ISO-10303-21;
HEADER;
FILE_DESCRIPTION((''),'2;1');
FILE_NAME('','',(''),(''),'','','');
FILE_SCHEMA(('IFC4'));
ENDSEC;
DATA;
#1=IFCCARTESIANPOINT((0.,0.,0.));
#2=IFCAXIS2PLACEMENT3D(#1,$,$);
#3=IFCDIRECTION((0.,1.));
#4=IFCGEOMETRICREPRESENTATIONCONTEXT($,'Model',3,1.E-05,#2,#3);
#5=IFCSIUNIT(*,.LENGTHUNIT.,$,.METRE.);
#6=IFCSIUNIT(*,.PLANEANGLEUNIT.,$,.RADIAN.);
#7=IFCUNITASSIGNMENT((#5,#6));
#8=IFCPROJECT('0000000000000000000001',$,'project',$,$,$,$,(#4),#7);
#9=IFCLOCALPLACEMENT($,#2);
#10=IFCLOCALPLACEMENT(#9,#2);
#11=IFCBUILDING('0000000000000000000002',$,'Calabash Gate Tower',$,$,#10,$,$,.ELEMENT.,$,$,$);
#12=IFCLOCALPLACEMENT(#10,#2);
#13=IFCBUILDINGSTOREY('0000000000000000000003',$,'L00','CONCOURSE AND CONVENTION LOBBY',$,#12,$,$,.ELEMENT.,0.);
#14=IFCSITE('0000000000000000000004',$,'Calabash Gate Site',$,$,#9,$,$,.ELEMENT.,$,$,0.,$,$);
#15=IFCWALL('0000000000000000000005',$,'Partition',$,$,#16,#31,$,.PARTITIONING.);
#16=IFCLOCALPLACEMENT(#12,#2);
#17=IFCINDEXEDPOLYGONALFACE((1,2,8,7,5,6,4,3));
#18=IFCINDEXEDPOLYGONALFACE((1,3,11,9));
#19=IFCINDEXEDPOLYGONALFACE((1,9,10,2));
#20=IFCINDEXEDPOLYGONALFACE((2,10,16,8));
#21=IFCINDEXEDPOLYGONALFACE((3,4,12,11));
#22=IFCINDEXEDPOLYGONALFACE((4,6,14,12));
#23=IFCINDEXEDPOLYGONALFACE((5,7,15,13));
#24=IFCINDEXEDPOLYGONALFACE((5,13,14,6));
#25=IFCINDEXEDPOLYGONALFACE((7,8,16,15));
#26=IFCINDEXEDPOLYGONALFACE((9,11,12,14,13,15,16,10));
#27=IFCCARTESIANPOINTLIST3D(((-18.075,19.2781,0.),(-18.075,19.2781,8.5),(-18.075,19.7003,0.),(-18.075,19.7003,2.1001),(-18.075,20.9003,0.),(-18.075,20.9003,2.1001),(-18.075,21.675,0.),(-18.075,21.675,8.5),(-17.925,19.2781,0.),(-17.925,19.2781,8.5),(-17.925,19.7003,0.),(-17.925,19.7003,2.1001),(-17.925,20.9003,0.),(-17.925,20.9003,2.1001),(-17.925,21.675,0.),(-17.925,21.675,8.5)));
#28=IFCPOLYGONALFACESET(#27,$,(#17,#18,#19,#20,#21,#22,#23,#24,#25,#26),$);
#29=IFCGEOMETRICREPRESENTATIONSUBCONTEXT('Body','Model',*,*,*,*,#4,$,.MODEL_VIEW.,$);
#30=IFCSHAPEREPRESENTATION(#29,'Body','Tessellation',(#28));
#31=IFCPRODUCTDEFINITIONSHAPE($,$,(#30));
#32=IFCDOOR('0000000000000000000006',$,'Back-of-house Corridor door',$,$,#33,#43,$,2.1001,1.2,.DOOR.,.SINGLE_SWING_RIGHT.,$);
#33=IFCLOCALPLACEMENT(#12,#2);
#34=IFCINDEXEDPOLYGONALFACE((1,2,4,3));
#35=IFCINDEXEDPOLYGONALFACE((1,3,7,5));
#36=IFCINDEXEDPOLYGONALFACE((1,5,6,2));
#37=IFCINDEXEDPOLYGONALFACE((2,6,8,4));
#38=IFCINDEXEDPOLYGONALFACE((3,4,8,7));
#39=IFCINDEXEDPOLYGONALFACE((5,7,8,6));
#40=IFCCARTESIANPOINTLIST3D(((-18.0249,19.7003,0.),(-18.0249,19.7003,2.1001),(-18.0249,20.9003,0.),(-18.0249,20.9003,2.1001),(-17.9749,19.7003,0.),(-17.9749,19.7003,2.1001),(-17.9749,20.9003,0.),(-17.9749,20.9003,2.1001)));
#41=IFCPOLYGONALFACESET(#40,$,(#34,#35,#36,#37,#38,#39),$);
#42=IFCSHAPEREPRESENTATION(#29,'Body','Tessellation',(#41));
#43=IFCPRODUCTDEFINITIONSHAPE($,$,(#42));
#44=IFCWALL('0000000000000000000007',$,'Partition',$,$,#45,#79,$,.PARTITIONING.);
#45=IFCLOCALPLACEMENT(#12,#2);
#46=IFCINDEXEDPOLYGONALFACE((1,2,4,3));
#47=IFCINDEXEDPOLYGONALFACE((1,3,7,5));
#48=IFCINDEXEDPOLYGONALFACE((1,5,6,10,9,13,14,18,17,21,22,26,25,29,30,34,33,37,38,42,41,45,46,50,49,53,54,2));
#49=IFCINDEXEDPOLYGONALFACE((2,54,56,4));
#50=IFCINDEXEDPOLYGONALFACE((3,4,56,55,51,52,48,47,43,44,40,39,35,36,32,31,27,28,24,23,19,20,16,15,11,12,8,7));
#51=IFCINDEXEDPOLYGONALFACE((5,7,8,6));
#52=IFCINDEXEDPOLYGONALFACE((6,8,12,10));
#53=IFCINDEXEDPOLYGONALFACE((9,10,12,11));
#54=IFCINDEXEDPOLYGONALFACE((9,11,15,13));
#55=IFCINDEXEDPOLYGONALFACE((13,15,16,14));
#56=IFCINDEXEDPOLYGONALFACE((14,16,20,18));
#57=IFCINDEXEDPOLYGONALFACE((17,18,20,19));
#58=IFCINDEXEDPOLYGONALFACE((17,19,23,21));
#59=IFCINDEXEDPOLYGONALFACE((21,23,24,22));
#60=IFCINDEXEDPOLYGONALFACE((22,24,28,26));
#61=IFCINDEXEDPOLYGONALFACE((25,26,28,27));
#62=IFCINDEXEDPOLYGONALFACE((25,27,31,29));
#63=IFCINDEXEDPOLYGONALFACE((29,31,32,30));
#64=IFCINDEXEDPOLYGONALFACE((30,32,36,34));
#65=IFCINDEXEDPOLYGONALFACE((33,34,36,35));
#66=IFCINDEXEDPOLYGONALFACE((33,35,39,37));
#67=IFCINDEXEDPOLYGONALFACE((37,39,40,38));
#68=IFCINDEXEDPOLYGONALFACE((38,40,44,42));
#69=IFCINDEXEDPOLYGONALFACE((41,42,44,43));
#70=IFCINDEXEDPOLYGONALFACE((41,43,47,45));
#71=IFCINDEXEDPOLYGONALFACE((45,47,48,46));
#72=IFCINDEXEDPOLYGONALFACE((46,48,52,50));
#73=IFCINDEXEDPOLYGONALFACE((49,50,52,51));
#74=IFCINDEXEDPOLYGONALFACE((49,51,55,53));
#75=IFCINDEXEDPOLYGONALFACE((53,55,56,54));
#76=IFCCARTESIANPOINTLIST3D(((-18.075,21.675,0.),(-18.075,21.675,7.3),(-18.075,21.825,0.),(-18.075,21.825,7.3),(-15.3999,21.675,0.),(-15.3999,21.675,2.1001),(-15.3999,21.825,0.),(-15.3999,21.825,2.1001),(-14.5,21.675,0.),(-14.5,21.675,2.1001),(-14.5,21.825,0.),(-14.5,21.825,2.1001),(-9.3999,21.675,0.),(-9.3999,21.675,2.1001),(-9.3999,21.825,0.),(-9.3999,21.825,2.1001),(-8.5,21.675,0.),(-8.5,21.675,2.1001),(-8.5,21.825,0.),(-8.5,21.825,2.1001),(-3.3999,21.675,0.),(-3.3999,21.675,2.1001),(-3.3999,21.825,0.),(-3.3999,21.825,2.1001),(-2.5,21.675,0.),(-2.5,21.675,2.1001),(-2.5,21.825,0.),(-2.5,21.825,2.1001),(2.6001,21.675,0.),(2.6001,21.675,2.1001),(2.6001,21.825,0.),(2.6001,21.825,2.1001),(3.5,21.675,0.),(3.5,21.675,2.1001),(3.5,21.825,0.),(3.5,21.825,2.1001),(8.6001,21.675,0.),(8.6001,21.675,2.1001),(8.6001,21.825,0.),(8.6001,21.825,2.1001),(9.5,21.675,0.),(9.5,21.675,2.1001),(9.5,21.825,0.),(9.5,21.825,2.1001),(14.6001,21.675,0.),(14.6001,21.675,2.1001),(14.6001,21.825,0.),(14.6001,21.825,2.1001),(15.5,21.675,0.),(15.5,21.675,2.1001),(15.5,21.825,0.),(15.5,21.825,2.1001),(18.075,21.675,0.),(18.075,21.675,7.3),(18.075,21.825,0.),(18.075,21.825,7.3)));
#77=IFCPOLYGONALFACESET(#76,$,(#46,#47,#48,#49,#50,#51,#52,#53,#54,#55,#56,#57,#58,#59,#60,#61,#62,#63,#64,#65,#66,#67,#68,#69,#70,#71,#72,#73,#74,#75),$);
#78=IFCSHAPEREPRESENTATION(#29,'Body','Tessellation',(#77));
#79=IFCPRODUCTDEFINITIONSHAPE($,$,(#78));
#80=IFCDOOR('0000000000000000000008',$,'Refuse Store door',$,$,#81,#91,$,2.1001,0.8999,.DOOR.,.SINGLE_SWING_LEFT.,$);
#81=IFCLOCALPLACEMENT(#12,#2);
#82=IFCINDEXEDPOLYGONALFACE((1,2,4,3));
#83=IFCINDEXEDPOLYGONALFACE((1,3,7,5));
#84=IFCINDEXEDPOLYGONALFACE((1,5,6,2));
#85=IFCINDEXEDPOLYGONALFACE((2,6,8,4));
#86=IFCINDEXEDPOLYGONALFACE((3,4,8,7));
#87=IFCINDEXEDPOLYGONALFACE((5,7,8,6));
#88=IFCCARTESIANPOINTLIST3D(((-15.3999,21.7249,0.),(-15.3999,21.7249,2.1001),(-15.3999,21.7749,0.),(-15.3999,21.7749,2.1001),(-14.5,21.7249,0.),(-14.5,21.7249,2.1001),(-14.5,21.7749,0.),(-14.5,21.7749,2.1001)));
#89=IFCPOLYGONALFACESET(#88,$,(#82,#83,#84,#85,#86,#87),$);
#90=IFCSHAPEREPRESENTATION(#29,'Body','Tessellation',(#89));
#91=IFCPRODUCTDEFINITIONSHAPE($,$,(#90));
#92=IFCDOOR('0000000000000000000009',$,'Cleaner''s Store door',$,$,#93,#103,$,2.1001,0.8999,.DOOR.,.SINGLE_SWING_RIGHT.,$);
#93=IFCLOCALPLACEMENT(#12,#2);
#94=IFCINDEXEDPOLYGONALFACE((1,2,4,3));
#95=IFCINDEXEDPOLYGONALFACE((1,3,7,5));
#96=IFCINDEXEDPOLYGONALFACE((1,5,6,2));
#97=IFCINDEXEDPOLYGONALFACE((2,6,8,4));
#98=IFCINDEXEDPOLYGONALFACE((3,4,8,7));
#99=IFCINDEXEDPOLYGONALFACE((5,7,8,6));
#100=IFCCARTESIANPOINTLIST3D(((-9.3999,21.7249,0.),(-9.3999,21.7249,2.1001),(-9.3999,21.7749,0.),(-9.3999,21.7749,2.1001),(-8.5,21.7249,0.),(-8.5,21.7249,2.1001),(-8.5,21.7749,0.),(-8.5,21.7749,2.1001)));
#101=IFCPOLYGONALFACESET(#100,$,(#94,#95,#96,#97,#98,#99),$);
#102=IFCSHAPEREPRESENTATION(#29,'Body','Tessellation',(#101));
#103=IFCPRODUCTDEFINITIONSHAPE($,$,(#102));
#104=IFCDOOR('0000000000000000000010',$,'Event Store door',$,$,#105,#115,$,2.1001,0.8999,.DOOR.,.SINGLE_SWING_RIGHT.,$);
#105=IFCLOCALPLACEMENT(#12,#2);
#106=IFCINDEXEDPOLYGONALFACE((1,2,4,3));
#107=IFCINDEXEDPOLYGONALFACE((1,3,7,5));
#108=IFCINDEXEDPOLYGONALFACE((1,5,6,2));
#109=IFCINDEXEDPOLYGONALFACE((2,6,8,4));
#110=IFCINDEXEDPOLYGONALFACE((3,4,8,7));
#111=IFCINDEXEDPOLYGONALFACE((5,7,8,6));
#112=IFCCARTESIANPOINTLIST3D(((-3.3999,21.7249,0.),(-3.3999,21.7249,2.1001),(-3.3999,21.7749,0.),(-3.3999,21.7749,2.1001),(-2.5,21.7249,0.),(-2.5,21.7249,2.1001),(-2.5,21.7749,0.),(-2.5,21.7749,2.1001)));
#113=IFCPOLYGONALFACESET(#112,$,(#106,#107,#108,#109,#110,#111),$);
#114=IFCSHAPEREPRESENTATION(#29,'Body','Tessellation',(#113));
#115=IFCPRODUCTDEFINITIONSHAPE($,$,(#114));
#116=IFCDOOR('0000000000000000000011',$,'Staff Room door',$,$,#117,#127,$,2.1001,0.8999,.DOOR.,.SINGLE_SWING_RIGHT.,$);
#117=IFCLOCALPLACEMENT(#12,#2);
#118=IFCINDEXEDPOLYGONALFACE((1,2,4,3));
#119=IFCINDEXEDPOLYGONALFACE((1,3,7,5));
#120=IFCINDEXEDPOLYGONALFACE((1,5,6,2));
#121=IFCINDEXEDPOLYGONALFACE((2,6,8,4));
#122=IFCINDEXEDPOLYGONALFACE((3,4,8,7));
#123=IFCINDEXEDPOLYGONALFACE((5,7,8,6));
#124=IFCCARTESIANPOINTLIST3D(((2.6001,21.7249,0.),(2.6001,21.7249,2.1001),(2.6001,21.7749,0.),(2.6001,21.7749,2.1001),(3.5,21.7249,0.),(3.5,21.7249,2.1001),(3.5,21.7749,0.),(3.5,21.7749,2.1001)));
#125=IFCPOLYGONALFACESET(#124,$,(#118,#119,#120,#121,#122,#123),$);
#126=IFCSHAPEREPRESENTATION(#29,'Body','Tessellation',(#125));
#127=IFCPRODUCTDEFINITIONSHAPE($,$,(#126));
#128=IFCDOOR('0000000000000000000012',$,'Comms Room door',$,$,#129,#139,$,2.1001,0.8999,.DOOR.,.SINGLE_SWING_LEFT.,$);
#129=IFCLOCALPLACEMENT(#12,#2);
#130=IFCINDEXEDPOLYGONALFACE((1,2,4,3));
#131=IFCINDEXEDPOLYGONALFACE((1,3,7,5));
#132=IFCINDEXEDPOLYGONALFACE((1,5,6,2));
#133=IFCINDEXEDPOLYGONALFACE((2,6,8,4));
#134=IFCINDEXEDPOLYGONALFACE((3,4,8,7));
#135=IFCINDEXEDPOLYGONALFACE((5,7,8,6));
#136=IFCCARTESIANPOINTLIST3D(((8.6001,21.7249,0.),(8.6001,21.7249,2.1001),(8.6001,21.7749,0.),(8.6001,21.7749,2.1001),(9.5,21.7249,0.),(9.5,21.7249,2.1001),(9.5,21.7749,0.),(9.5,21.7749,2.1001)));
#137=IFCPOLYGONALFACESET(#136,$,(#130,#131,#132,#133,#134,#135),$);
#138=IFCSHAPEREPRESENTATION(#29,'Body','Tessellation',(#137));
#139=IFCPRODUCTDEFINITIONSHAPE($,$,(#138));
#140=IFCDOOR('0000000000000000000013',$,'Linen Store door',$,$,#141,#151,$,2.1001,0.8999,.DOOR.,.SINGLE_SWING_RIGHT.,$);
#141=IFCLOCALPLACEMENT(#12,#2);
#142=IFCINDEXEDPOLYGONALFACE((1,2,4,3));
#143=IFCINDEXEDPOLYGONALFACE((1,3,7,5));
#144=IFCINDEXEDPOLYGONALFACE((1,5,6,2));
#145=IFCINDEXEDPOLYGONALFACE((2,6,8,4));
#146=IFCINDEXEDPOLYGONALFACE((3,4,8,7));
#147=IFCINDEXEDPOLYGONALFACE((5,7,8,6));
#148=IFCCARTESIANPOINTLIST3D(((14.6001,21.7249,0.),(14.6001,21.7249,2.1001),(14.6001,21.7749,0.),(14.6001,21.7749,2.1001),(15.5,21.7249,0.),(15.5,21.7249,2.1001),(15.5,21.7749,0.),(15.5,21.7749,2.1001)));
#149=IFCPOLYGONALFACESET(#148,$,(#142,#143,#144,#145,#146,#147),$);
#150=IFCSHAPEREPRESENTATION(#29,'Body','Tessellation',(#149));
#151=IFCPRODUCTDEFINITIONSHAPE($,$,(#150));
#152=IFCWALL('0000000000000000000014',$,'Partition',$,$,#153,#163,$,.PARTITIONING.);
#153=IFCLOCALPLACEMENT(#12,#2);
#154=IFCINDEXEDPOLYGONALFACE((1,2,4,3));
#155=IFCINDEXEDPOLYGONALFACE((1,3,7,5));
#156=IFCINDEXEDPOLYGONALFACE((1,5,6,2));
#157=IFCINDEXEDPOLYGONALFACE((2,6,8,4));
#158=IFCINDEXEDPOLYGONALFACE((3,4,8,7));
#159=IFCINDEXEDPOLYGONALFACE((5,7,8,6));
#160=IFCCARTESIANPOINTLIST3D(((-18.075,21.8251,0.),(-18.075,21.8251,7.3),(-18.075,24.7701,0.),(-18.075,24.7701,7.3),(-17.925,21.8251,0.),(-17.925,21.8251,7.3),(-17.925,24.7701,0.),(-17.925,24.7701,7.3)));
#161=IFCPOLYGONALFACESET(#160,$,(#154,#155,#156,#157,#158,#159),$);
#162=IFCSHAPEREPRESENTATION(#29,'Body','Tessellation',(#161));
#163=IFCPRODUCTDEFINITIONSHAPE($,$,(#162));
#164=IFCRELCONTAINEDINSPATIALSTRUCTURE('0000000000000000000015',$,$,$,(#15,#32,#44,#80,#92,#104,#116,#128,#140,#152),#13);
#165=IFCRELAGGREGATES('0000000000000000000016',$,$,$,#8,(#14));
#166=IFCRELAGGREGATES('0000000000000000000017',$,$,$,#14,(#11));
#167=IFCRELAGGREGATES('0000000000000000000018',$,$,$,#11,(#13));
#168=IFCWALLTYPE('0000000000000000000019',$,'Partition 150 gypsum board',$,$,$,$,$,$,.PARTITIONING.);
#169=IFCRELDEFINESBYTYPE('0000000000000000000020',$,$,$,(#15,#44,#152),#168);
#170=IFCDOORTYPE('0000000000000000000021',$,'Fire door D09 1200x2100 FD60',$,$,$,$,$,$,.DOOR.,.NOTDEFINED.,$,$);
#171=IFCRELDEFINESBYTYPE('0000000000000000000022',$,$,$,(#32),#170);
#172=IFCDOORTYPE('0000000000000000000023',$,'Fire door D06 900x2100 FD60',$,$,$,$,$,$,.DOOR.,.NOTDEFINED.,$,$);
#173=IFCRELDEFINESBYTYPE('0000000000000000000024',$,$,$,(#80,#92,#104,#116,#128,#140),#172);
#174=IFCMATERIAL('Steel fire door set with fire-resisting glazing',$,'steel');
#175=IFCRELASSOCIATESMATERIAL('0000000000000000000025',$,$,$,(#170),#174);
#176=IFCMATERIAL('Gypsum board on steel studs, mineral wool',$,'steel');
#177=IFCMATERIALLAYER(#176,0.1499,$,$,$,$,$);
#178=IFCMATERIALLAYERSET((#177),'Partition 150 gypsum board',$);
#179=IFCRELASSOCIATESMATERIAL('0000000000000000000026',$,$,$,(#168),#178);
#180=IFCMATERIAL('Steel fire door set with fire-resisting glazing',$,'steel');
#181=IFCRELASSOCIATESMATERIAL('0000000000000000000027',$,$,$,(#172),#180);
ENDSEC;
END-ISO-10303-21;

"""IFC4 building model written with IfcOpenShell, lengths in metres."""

from ifc_helpers import new_model, si_unit, direction, frame, frame_2d, origin, place, context, subcontext, project, spatial, rectangle, extrude, material, layer, layer_set, type_object, element, fill, save


model = new_model("IFC4")

# Units and contexts
model_context = context("Model", 3, precision=1e-05, world=origin(), true_north=direction((0.0, 1.0)))
body_context = subcontext(model_context, "Body", "Model", "MODEL_VIEW")
ifc_project = project(units=[si_unit("LENGTHUNIT", "METRE"), si_unit("PLANEANGLEUNIT", "RADIAN")], contexts=[model_context])

# Site, building, storey
site_placement = place(None, origin())
site = spatial("IfcSite", under=ifc_project, at=site_placement, Name="Calabash Gate Site", CompositionType="ELEMENT", RefElevation=0.0)
building_placement = place(site_placement, origin())
building = spatial("IfcBuilding", under=site, at=building_placement, Name="Calabash Gate Tower", CompositionType="ELEMENT")
storey_placement = place(building_placement, origin())
storey = spatial("IfcBuildingStorey", under=building, at=storey_placement, Name="L00", Description="CONCOURSE AND CONVENTION LOBBY", CompositionType="ELEMENT", Elevation=0.0)

# Wall, opening, door
ifc_material_1 = material(Name="Steel fire door set with fire-resisting glazing", Category="steel")
door_type_1 = type_object("IfcDoorType", Name="Fire door D09 1200x2100 FD60", OperationType="NOTDEFINED", PredefinedType="DOOR", material=ifc_material_1)
ifc_material_2 = material(Name="Gypsum board on steel studs, mineral wool", Category="steel")
ifc_layer_1 = layer(ifc_material_2, 0.1499)
ifc_layer_set_1 = layer_set([ifc_layer_1], Name="Partition 150 gypsum board")
wall_type_1 = type_object("IfcWallType", Name="Partition 150 gypsum board", PredefinedType="PARTITIONING", material=ifc_layer_set_1)
wall_1_placement = place(storey_placement, frame((-18.0, 19.2781, 0.0), z_axis=(0.0, 0.0, 1.0), x_axis=(0.0, 1.0, 0.0)))
wall_1 = element("IfcWall", 1, at=wall_1_placement, inside=storey, type_object=wall_type_1, Name="Partition", PredefinedType="PARTITIONING", context=body_context, shape_type="SweptSolid", body=[
    extrude(rectangle(XDim=2.397, YDim=0.1499, at=frame_2d((1.1985, 0.0))), origin(), (0.0, 0.0, 1.0), 8.5),
])
opening_1_placement = place(wall_1_placement, frame((0.4221, 0.0, 0.0)))
opening_1 = element("IfcOpeningElement", 2, at=opening_1_placement, cuts=wall_1, PredefinedType="OPENING", context=body_context, shape_type="SweptSolid", body=[
    extrude(rectangle(XDim=1.2, YDim=2.1001, at=frame_2d((0.6001, 1.05))), frame((0.0, 0.085, 0.0), z_axis=(0.0, -1.0, 0.0), x_axis=(1.0, 0.0, 0.0)), (0.0, 0.0, 1.0), 0.1699),
])
door_1_placement = place(opening_1_placement, origin())
door_1 = element("IfcDoor", 3, at=door_1_placement, inside=storey, type_object=door_type_1, Name="Back-of-house Corridor door", OperationType="SINGLE_SWING_RIGHT", OverallHeight=2.1001, OverallWidth=1.2, PredefinedType="DOOR", context=body_context, shape_type="SweptSolid", body=[
    extrude(rectangle(XDim=1.2, YDim=2.1001, at=frame_2d((0.6001, 1.05))), frame((0.0, 0.0249, 0.0), z_axis=(0.0, -1.0, 0.0), x_axis=(1.0, 0.0, 0.0)), (0.0, 0.0, 1.0), 0.05),
])
fill(opening_1, door_1)

# Wall, openings, doors
wall_2_placement = place(storey_placement, frame((-18.075, 21.75, 0.0), z_axis=(0.0, 0.0, 1.0), x_axis=(1.0, 0.0, 0.0)))
wall_2 = element("IfcWall", 4, at=wall_2_placement, inside=storey, type_object=wall_type_1, Name="Partition", PredefinedType="PARTITIONING", context=body_context, shape_type="SweptSolid", body=[
    extrude(rectangle(XDim=36.1499, YDim=0.1499, at=frame_2d((18.075, 0.0))), origin(), (0.0, 0.0, 1.0), 7.3),
])
opening_2_placement = place(wall_2_placement, frame((2.675, 0.0, 0.0)))
opening_2 = element("IfcOpeningElement", 5, at=opening_2_placement, cuts=wall_2, PredefinedType="OPENING", context=body_context, shape_type="SweptSolid", body=[
    extrude(rectangle(XDim=0.8999, YDim=2.1001, at=frame_2d((0.45, 1.05))), frame((0.0, 0.085, 0.0), z_axis=(0.0, -1.0, 0.0), x_axis=(1.0, 0.0, 0.0)), (0.0, 0.0, 1.0), 0.1699),
])
opening_3_placement = place(wall_2_placement, frame((8.675, 0.0, 0.0)))
opening_3 = element("IfcOpeningElement", 6, at=opening_3_placement, cuts=wall_2, PredefinedType="OPENING", context=body_context, shape_type="SweptSolid", body=[
    extrude(rectangle(XDim=0.8999, YDim=2.1001, at=frame_2d((0.45, 1.05))), frame((0.0, 0.085, 0.0), z_axis=(0.0, -1.0, 0.0), x_axis=(1.0, 0.0, 0.0)), (0.0, 0.0, 1.0), 0.1699),
])
opening_4_placement = place(wall_2_placement, frame((14.675, 0.0, 0.0)))
opening_4 = element("IfcOpeningElement", 7, at=opening_4_placement, cuts=wall_2, PredefinedType="OPENING", context=body_context, shape_type="SweptSolid", body=[
    extrude(rectangle(XDim=0.8999, YDim=2.1001, at=frame_2d((0.45, 1.05))), frame((0.0, 0.085, 0.0), z_axis=(0.0, -1.0, 0.0), x_axis=(1.0, 0.0, 0.0)), (0.0, 0.0, 1.0), 0.1699),
])
opening_5_placement = place(wall_2_placement, frame((20.675, 0.0, 0.0)))
opening_5 = element("IfcOpeningElement", 8, at=opening_5_placement, cuts=wall_2, PredefinedType="OPENING", context=body_context, shape_type="SweptSolid", body=[
    extrude(rectangle(XDim=0.8999, YDim=2.1001, at=frame_2d((0.45, 1.05))), frame((0.0, 0.085, 0.0), z_axis=(0.0, -1.0, 0.0), x_axis=(1.0, 0.0, 0.0)), (0.0, 0.0, 1.0), 0.1699),
])
opening_6_placement = place(wall_2_placement, frame((26.675, 0.0, 0.0)))
opening_6 = element("IfcOpeningElement", 9, at=opening_6_placement, cuts=wall_2, PredefinedType="OPENING", context=body_context, shape_type="SweptSolid", body=[
    extrude(rectangle(XDim=0.8999, YDim=2.1001, at=frame_2d((0.45, 1.05))), frame((0.0, 0.085, 0.0), z_axis=(0.0, -1.0, 0.0), x_axis=(1.0, 0.0, 0.0)), (0.0, 0.0, 1.0), 0.1699),
])
opening_7_placement = place(wall_2_placement, frame((32.675, 0.0, 0.0)))
opening_7 = element("IfcOpeningElement", 10, at=opening_7_placement, cuts=wall_2, PredefinedType="OPENING", context=body_context, shape_type="SweptSolid", body=[
    extrude(rectangle(XDim=0.8999, YDim=2.1001, at=frame_2d((0.45, 1.05))), frame((0.0, 0.085, 0.0), z_axis=(0.0, -1.0, 0.0), x_axis=(1.0, 0.0, 0.0)), (0.0, 0.0, 1.0), 0.1699),
])
ifc_material_3 = material(Name="Steel fire door set with fire-resisting glazing", Category="steel")
door_type_2 = type_object("IfcDoorType", Name="Fire door D06 900x2100 FD60", OperationType="NOTDEFINED", PredefinedType="DOOR", material=ifc_material_3)
door_2_placement = place(opening_2_placement, origin())
door_2 = element("IfcDoor", 11, at=door_2_placement, inside=storey, type_object=door_type_2, Name="Refuse Store door", OperationType="SINGLE_SWING_LEFT", OverallHeight=2.1001, OverallWidth=0.8999, PredefinedType="DOOR", context=body_context, shape_type="SweptSolid", body=[
    extrude(rectangle(XDim=0.8999, YDim=2.1001, at=frame_2d((0.45, 1.05))), frame((0.0, 0.0249, 0.0), z_axis=(0.0, -1.0, 0.0), x_axis=(1.0, 0.0, 0.0)), (0.0, 0.0, 1.0), 0.05),
])
fill(opening_2, door_2)
door_3_placement = place(opening_3_placement, origin())
door_3 = element("IfcDoor", 12, at=door_3_placement, inside=storey, type_object=door_type_2, Name="Cleaner's Store door", OperationType="SINGLE_SWING_RIGHT", OverallHeight=2.1001, OverallWidth=0.8999, PredefinedType="DOOR", context=body_context, shape_type="SweptSolid", body=[
    extrude(rectangle(XDim=0.8999, YDim=2.1001, at=frame_2d((0.45, 1.05))), frame((0.0, 0.0249, 0.0), z_axis=(0.0, -1.0, 0.0), x_axis=(1.0, 0.0, 0.0)), (0.0, 0.0, 1.0), 0.05),
])
fill(opening_3, door_3)
door_4_placement = place(opening_4_placement, origin())
door_4 = element("IfcDoor", 13, at=door_4_placement, inside=storey, type_object=door_type_2, Name="Event Store door", OperationType="SINGLE_SWING_RIGHT", OverallHeight=2.1001, OverallWidth=0.8999, PredefinedType="DOOR", context=body_context, shape_type="SweptSolid", body=[
    extrude(rectangle(XDim=0.8999, YDim=2.1001, at=frame_2d((0.45, 1.05))), frame((0.0, 0.0249, 0.0), z_axis=(0.0, -1.0, 0.0), x_axis=(1.0, 0.0, 0.0)), (0.0, 0.0, 1.0), 0.05),
])
fill(opening_4, door_4)
door_5_placement = place(opening_5_placement, origin())
door_5 = element("IfcDoor", 14, at=door_5_placement, inside=storey, type_object=door_type_2, Name="Staff Room door", OperationType="SINGLE_SWING_RIGHT", OverallHeight=2.1001, OverallWidth=0.8999, PredefinedType="DOOR", context=body_context, shape_type="SweptSolid", body=[
    extrude(rectangle(XDim=0.8999, YDim=2.1001, at=frame_2d((0.45, 1.05))), frame((0.0, 0.0249, 0.0), z_axis=(0.0, -1.0, 0.0), x_axis=(1.0, 0.0, 0.0)), (0.0, 0.0, 1.0), 0.05),
])
fill(opening_5, door_5)
door_6_placement = place(opening_6_placement, origin())
door_6 = element("IfcDoor", 15, at=door_6_placement, inside=storey, type_object=door_type_2, Name="Comms Room door", OperationType="SINGLE_SWING_LEFT", OverallHeight=2.1001, OverallWidth=0.8999, PredefinedType="DOOR", context=body_context, shape_type="SweptSolid", body=[
    extrude(rectangle(XDim=0.8999, YDim=2.1001, at=frame_2d((0.45, 1.05))), frame((0.0, 0.0249, 0.0), z_axis=(0.0, -1.0, 0.0), x_axis=(1.0, 0.0, 0.0)), (0.0, 0.0, 1.0), 0.05),
])
fill(opening_6, door_6)
door_7_placement = place(opening_7_placement, origin())
door_7 = element("IfcDoor", 16, at=door_7_placement, inside=storey, type_object=door_type_2, Name="Linen Store door", OperationType="SINGLE_SWING_RIGHT", OverallHeight=2.1001, OverallWidth=0.8999, PredefinedType="DOOR", context=body_context, shape_type="SweptSolid", body=[
    extrude(rectangle(XDim=0.8999, YDim=2.1001, at=frame_2d((0.45, 1.05))), frame((0.0, 0.0249, 0.0), z_axis=(0.0, -1.0, 0.0), x_axis=(1.0, 0.0, 0.0)), (0.0, 0.0, 1.0), 0.05),
])
fill(opening_7, door_7)

# Wall
wall_3_placement = place(storey_placement, frame((-18.0, 21.825, 0.0), z_axis=(0.0, 0.0, 1.0), x_axis=(0.0, 1.0, 0.0)))
element("IfcWall", 17, at=wall_3_placement, inside=storey, type_object=wall_type_1, Name="Partition", PredefinedType="PARTITIONING", context=body_context, shape_type="SweptSolid", body=[
    extrude(rectangle(XDim=2.9451, YDim=0.1499, at=frame_2d((1.4727, 0.0))), origin(), (0.0, 0.0, 1.0), 7.3),
])

save(model, "model.ifc")
